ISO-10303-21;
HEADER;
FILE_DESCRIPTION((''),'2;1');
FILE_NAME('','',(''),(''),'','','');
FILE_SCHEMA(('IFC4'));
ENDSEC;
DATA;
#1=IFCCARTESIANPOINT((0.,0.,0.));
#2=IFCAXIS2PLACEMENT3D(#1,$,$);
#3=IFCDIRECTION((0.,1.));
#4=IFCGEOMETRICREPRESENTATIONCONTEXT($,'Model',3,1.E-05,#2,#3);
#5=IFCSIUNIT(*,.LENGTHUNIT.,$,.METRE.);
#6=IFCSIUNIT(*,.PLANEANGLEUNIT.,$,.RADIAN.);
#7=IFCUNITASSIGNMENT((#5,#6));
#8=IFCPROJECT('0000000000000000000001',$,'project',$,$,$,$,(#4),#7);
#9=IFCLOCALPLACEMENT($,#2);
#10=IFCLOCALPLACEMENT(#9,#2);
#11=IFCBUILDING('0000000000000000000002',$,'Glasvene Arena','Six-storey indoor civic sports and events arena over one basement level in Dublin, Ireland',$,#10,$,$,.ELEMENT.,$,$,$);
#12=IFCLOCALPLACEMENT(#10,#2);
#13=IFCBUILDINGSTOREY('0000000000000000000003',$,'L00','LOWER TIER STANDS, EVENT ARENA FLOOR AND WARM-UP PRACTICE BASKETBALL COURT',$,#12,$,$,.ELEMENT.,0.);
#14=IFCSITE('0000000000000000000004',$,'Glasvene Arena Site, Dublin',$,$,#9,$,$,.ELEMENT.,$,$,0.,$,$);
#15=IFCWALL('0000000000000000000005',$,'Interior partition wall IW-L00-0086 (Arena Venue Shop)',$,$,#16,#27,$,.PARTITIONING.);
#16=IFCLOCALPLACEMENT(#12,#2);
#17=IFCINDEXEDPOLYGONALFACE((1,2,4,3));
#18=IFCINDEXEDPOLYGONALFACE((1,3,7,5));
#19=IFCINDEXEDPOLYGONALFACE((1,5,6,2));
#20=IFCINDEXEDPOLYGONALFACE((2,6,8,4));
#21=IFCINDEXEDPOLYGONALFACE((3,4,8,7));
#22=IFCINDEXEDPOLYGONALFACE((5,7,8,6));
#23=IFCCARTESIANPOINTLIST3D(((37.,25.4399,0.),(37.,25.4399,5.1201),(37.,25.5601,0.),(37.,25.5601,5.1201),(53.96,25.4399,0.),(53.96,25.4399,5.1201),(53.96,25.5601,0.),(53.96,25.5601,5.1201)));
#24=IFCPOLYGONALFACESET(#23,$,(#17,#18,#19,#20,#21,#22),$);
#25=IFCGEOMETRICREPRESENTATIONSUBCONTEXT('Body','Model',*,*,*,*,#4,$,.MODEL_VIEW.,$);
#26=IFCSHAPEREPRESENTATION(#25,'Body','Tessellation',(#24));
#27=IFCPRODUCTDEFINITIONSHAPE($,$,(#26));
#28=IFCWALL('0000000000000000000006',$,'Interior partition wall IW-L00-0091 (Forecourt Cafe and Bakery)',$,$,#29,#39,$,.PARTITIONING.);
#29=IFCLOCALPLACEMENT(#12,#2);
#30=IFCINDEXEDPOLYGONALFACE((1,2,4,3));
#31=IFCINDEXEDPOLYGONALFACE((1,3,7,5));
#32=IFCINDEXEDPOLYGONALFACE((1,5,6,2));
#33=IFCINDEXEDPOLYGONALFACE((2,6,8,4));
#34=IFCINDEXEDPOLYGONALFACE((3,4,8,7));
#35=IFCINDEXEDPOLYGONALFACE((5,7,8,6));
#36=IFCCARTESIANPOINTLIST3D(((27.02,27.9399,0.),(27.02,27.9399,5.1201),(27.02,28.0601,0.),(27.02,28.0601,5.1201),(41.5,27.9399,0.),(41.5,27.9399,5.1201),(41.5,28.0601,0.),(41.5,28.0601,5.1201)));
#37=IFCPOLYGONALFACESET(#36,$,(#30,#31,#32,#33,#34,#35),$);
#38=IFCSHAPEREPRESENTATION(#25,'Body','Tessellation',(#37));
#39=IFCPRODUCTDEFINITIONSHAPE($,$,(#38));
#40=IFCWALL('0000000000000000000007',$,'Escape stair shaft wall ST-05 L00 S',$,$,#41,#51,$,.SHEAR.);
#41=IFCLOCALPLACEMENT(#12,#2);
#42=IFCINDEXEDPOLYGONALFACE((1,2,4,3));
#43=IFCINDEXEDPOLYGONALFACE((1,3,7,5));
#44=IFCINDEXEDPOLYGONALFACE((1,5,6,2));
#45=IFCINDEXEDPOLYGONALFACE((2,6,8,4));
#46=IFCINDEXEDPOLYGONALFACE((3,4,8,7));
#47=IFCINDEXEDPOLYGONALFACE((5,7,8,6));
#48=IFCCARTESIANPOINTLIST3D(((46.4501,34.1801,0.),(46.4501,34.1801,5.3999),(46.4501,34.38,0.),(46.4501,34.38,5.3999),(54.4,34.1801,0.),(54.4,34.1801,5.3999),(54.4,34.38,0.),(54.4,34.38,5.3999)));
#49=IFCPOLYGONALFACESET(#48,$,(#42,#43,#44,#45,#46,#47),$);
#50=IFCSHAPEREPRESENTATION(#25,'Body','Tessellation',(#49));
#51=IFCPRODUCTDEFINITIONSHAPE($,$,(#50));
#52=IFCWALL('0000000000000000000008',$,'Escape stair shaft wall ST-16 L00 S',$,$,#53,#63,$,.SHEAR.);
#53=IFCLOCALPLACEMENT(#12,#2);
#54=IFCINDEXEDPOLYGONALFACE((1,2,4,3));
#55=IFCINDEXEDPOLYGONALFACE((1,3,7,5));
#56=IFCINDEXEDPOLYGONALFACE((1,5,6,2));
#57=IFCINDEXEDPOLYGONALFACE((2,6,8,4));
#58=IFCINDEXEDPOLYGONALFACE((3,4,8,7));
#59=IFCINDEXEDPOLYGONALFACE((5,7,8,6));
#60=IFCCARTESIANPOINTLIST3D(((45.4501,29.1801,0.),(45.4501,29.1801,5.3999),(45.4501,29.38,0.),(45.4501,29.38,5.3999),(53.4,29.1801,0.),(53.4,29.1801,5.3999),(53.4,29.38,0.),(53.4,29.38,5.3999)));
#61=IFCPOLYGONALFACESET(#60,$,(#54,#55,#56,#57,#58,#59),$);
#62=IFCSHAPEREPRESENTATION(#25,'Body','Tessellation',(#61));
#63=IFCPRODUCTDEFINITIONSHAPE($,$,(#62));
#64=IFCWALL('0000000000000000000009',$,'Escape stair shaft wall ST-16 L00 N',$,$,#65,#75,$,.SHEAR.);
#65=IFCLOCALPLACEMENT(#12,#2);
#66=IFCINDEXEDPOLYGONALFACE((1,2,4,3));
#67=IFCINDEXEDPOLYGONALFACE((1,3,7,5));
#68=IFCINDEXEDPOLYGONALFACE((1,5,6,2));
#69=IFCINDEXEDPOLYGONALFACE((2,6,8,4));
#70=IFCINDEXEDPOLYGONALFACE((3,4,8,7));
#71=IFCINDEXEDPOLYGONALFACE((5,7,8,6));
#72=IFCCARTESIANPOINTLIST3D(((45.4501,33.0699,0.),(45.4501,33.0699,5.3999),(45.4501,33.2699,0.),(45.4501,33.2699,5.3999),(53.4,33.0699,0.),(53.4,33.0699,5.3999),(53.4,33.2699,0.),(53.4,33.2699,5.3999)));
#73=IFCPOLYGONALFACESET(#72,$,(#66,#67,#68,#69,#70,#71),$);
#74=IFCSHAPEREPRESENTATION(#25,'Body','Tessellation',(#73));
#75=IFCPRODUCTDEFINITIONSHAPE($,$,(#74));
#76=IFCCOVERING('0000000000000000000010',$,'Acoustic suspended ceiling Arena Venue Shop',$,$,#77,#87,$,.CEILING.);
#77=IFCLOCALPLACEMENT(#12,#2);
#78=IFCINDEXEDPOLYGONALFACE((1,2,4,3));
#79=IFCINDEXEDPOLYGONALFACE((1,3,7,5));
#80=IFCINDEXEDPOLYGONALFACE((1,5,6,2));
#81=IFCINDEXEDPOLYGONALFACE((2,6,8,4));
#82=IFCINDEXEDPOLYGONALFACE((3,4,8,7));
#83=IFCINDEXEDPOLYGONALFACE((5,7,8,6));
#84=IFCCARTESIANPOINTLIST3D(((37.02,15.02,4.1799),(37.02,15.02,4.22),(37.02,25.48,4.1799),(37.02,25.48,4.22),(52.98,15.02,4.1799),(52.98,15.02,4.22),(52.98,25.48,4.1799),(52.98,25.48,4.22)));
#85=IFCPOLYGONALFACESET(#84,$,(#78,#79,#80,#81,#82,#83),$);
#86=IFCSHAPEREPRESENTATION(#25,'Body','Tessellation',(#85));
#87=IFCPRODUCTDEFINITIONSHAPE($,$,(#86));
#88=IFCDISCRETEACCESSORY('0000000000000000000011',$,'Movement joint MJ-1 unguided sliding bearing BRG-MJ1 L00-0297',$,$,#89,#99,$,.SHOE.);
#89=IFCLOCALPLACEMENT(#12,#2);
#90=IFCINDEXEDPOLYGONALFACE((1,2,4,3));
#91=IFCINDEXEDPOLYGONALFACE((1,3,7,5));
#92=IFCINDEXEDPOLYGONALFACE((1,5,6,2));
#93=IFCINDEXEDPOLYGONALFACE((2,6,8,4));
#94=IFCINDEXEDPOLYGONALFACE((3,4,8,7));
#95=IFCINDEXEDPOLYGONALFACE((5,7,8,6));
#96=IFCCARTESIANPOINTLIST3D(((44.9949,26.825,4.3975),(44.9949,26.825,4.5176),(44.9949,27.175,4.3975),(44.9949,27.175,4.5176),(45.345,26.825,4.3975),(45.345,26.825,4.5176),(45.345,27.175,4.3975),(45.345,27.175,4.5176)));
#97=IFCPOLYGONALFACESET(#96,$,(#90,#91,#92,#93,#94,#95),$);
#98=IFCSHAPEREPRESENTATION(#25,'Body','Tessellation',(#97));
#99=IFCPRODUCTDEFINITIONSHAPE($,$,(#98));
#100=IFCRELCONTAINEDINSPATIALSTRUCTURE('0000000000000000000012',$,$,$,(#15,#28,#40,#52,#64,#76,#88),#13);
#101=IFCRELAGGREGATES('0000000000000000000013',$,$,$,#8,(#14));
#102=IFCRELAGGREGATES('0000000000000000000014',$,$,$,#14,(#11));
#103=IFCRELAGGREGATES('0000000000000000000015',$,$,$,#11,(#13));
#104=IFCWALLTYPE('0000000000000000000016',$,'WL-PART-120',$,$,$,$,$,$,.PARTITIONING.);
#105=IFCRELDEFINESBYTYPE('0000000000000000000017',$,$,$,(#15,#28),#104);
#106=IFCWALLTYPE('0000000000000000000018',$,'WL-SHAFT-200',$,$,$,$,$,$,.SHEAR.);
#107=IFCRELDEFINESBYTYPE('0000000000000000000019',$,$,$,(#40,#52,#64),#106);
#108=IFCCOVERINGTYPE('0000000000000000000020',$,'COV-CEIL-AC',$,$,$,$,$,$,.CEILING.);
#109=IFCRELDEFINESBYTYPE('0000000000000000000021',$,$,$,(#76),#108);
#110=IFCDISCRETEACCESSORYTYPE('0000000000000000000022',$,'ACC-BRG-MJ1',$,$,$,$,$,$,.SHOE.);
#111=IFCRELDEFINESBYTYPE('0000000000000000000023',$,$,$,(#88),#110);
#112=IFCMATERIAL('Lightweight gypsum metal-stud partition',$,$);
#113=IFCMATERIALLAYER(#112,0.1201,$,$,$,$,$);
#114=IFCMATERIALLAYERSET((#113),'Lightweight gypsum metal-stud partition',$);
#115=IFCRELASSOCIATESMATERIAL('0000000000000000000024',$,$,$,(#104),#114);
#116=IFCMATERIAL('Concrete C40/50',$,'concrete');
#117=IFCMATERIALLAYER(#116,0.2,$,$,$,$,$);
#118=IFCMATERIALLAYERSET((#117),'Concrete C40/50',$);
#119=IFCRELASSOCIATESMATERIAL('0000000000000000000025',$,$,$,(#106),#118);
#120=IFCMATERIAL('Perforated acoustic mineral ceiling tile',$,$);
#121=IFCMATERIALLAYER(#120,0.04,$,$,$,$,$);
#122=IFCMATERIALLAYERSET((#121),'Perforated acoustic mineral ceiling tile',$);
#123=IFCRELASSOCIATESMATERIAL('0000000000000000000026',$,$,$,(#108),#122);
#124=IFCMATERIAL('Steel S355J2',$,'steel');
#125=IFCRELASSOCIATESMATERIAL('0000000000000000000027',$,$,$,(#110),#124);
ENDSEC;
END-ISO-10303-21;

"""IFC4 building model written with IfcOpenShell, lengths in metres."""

from ifc_helpers import new_model, si_unit, direction, frame, frame_2d, origin, origin_2d, place, context, subcontext, project, spatial, polyline, rectangle, outline, extrude, material, layer, layer_set, type_object, element, save


model = new_model("IFC4")

# Units and contexts
model_context = context("Model", 3, precision=1e-05, world=origin(), true_north=direction((0.0, 1.0)))
body_context = subcontext(model_context, "Body", "Model", "MODEL_VIEW")
ifc_project = project(units=[si_unit("LENGTHUNIT", "METRE"), si_unit("PLANEANGLEUNIT", "RADIAN")], contexts=[model_context])

# Site, building, storey
site_placement = place(None, origin())
site = spatial("IfcSite", under=ifc_project, at=site_placement, Name="Glasvene Arena Site, Dublin", CompositionType="ELEMENT", RefElevation=0.0)
building_placement = place(site_placement, origin())
building = spatial("IfcBuilding", under=site, at=building_placement, Name="Glasvene Arena", Description="Six-storey indoor civic sports and events arena over one basement level in Dublin, Ireland", CompositionType="ELEMENT")
storey_placement = place(building_placement, origin())
storey = spatial("IfcBuildingStorey", under=building, at=storey_placement, Name="L00", Description="LOWER TIER STANDS, EVENT ARENA FLOOR AND WARM-UP PRACTICE BASKETBALL COURT", CompositionType="ELEMENT", Elevation=0.0)

# Shared definitions
ifc_material_1 = material(Name="Steel S355J2", Category="steel")

# Shared definitions
ifc_material_2 = material(Name="Concrete C40/50", Category="concrete")

# Walls
ifc_material_3 = material(Name="Lightweight gypsum metal-stud partition")
ifc_layer_1 = layer(ifc_material_3, 0.1201)
ifc_layer_set_1 = layer_set([ifc_layer_1], Name="Lightweight gypsum metal-stud partition")
wall_type_1 = type_object("IfcWallType", Name="WL-PART-120", PredefinedType="PARTITIONING", material=ifc_layer_set_1)
wall_1_placement = place(storey_placement, frame((37.0, 25.5, 0.0), z_axis=(0.0, 0.0, 1.0), x_axis=(1.0, 0.0, 0.0)))
element("IfcWall", 1, at=wall_1_placement, inside=storey, type_object=wall_type_1, Name="Interior partition wall IW-L00-0086 (Arena Venue Shop)", PredefinedType="PARTITIONING", context=body_context, shape_type="SweptSolid", body=[
    extrude(rectangle(XDim=16.96, YDim=0.1201, at=frame_2d((8.48, 0.0))), origin(), (0.0, 0.0, 1.0), 5.1201),
])
wall_2_placement = place(storey_placement, frame((41.5, 28.0, 0.0), z_axis=(0.0, 0.0, 1.0), x_axis=(-1.0, 0.0, 0.0)))
element("IfcWall", 2, at=wall_2_placement, inside=storey, type_object=wall_type_1, Name="Interior partition wall IW-L00-0091 (Forecourt Cafe and Bakery)", PredefinedType="PARTITIONING", context=body_context, shape_type="SweptSolid", body=[
    extrude(rectangle(XDim=14.48, YDim=0.1201, at=frame_2d((7.24, 0.0))), origin(), (0.0, 0.0, 1.0), 5.1201),
])
ifc_layer_2 = layer(ifc_material_2, 0.2)
ifc_layer_set_2 = layer_set([ifc_layer_2], Name="Concrete C40/50")
wall_type_2 = type_object("IfcWallType", Name="WL-SHAFT-200", PredefinedType="SHEAR", material=ifc_layer_set_2)
for number, where, z_axis, x_axis, name in (
    (3, (46.45, 34.28, 0.0), (0.0, 0.0, 1.0), (1.0, 0.0, 0.0), "Escape stair shaft wall ST-05 L00 S"),
    (4, (45.45, 29.28, 0.0), (0.0, 0.0, 1.0), (1.0, 0.0, 0.0), "Escape stair shaft wall ST-16 L00 S"),
):
    element("IfcWall", number, at=place(storey_placement, frame(where, z_axis=z_axis, x_axis=x_axis)), inside=storey, type_object=wall_type_2, Name=name, PredefinedType="SHEAR", context=body_context, shape_type="SweptSolid", body=[
        extrude(rectangle(XDim=7.95, YDim=0.2, at=frame_2d((3.9751, 0.0))), origin(), (0.0, 0.0, 1.0), 5.3999),
    ])

# Wall
wall_3_placement = place(storey_placement, frame((45.45, 33.1699, 0.0), z_axis=(0.0, 0.0, 1.0), x_axis=(1.0, 0.0, 0.0)))
element("IfcWall", 5, at=wall_3_placement, inside=storey, type_object=wall_type_2, Name="Escape stair shaft wall ST-16 L00 N", PredefinedType="SHEAR", context=body_context, shape_type="SweptSolid", body=[
    extrude(rectangle(XDim=7.95, YDim=0.2, at=frame_2d((3.9751, 0.0))), origin(), (0.0, 0.0, 1.0), 5.3999),
])

# Covering
ifc_material_4 = material(Name="Perforated acoustic mineral ceiling tile")
ifc_layer_3 = layer(ifc_material_4, 0.04)
ifc_layer_set_3 = layer_set([ifc_layer_3], Name="Perforated acoustic mineral ceiling tile")
covering_type = type_object("IfcCoveringType", Name="COV-CEIL-AC", PredefinedType="CEILING", material=ifc_layer_set_3)
covering_placement = place(storey_placement, frame((45.0, 20.25, 4.1799)))
element("IfcCovering", 6, at=covering_placement, inside=storey, type_object=covering_type, Name="Acoustic suspended ceiling Arena Venue Shop", PredefinedType="CEILING", context=body_context, shape_type="SweptSolid", body=[
    extrude(outline(polyline([(7.98, 5.23), (7.98, -5.23), (-7.98, -5.23), (-7.98, 5.23), (7.98, 5.23)])), origin(), (0.0, 0.0, 1.0), 0.04),
])

# Discrete accessory
discrete_accessory_type = type_object("IfcDiscreteAccessoryType", Name="ACC-BRG-MJ1", PredefinedType="SHOE", material=ifc_material_1)
discrete_accessory_placement = place(storey_placement, frame((45.1699, 27.0, 4.3975), z_axis=(0.0, 0.0, 1.0), x_axis=(1.0, 0.0, 0.0)))
element("IfcDiscreteAccessory", 7, at=discrete_accessory_placement, inside=storey, type_object=discrete_accessory_type, Name="Movement joint MJ-1 unguided sliding bearing BRG-MJ1 L00-0297", PredefinedType="SHOE", context=body_context, shape_type="SweptSolid", body=[
    extrude(rectangle(XDim=0.3501, YDim=0.3501, at=origin_2d()), origin(), (0.0, 0.0, 1.0), 0.1201),
])

save(model, "model.ifc")
